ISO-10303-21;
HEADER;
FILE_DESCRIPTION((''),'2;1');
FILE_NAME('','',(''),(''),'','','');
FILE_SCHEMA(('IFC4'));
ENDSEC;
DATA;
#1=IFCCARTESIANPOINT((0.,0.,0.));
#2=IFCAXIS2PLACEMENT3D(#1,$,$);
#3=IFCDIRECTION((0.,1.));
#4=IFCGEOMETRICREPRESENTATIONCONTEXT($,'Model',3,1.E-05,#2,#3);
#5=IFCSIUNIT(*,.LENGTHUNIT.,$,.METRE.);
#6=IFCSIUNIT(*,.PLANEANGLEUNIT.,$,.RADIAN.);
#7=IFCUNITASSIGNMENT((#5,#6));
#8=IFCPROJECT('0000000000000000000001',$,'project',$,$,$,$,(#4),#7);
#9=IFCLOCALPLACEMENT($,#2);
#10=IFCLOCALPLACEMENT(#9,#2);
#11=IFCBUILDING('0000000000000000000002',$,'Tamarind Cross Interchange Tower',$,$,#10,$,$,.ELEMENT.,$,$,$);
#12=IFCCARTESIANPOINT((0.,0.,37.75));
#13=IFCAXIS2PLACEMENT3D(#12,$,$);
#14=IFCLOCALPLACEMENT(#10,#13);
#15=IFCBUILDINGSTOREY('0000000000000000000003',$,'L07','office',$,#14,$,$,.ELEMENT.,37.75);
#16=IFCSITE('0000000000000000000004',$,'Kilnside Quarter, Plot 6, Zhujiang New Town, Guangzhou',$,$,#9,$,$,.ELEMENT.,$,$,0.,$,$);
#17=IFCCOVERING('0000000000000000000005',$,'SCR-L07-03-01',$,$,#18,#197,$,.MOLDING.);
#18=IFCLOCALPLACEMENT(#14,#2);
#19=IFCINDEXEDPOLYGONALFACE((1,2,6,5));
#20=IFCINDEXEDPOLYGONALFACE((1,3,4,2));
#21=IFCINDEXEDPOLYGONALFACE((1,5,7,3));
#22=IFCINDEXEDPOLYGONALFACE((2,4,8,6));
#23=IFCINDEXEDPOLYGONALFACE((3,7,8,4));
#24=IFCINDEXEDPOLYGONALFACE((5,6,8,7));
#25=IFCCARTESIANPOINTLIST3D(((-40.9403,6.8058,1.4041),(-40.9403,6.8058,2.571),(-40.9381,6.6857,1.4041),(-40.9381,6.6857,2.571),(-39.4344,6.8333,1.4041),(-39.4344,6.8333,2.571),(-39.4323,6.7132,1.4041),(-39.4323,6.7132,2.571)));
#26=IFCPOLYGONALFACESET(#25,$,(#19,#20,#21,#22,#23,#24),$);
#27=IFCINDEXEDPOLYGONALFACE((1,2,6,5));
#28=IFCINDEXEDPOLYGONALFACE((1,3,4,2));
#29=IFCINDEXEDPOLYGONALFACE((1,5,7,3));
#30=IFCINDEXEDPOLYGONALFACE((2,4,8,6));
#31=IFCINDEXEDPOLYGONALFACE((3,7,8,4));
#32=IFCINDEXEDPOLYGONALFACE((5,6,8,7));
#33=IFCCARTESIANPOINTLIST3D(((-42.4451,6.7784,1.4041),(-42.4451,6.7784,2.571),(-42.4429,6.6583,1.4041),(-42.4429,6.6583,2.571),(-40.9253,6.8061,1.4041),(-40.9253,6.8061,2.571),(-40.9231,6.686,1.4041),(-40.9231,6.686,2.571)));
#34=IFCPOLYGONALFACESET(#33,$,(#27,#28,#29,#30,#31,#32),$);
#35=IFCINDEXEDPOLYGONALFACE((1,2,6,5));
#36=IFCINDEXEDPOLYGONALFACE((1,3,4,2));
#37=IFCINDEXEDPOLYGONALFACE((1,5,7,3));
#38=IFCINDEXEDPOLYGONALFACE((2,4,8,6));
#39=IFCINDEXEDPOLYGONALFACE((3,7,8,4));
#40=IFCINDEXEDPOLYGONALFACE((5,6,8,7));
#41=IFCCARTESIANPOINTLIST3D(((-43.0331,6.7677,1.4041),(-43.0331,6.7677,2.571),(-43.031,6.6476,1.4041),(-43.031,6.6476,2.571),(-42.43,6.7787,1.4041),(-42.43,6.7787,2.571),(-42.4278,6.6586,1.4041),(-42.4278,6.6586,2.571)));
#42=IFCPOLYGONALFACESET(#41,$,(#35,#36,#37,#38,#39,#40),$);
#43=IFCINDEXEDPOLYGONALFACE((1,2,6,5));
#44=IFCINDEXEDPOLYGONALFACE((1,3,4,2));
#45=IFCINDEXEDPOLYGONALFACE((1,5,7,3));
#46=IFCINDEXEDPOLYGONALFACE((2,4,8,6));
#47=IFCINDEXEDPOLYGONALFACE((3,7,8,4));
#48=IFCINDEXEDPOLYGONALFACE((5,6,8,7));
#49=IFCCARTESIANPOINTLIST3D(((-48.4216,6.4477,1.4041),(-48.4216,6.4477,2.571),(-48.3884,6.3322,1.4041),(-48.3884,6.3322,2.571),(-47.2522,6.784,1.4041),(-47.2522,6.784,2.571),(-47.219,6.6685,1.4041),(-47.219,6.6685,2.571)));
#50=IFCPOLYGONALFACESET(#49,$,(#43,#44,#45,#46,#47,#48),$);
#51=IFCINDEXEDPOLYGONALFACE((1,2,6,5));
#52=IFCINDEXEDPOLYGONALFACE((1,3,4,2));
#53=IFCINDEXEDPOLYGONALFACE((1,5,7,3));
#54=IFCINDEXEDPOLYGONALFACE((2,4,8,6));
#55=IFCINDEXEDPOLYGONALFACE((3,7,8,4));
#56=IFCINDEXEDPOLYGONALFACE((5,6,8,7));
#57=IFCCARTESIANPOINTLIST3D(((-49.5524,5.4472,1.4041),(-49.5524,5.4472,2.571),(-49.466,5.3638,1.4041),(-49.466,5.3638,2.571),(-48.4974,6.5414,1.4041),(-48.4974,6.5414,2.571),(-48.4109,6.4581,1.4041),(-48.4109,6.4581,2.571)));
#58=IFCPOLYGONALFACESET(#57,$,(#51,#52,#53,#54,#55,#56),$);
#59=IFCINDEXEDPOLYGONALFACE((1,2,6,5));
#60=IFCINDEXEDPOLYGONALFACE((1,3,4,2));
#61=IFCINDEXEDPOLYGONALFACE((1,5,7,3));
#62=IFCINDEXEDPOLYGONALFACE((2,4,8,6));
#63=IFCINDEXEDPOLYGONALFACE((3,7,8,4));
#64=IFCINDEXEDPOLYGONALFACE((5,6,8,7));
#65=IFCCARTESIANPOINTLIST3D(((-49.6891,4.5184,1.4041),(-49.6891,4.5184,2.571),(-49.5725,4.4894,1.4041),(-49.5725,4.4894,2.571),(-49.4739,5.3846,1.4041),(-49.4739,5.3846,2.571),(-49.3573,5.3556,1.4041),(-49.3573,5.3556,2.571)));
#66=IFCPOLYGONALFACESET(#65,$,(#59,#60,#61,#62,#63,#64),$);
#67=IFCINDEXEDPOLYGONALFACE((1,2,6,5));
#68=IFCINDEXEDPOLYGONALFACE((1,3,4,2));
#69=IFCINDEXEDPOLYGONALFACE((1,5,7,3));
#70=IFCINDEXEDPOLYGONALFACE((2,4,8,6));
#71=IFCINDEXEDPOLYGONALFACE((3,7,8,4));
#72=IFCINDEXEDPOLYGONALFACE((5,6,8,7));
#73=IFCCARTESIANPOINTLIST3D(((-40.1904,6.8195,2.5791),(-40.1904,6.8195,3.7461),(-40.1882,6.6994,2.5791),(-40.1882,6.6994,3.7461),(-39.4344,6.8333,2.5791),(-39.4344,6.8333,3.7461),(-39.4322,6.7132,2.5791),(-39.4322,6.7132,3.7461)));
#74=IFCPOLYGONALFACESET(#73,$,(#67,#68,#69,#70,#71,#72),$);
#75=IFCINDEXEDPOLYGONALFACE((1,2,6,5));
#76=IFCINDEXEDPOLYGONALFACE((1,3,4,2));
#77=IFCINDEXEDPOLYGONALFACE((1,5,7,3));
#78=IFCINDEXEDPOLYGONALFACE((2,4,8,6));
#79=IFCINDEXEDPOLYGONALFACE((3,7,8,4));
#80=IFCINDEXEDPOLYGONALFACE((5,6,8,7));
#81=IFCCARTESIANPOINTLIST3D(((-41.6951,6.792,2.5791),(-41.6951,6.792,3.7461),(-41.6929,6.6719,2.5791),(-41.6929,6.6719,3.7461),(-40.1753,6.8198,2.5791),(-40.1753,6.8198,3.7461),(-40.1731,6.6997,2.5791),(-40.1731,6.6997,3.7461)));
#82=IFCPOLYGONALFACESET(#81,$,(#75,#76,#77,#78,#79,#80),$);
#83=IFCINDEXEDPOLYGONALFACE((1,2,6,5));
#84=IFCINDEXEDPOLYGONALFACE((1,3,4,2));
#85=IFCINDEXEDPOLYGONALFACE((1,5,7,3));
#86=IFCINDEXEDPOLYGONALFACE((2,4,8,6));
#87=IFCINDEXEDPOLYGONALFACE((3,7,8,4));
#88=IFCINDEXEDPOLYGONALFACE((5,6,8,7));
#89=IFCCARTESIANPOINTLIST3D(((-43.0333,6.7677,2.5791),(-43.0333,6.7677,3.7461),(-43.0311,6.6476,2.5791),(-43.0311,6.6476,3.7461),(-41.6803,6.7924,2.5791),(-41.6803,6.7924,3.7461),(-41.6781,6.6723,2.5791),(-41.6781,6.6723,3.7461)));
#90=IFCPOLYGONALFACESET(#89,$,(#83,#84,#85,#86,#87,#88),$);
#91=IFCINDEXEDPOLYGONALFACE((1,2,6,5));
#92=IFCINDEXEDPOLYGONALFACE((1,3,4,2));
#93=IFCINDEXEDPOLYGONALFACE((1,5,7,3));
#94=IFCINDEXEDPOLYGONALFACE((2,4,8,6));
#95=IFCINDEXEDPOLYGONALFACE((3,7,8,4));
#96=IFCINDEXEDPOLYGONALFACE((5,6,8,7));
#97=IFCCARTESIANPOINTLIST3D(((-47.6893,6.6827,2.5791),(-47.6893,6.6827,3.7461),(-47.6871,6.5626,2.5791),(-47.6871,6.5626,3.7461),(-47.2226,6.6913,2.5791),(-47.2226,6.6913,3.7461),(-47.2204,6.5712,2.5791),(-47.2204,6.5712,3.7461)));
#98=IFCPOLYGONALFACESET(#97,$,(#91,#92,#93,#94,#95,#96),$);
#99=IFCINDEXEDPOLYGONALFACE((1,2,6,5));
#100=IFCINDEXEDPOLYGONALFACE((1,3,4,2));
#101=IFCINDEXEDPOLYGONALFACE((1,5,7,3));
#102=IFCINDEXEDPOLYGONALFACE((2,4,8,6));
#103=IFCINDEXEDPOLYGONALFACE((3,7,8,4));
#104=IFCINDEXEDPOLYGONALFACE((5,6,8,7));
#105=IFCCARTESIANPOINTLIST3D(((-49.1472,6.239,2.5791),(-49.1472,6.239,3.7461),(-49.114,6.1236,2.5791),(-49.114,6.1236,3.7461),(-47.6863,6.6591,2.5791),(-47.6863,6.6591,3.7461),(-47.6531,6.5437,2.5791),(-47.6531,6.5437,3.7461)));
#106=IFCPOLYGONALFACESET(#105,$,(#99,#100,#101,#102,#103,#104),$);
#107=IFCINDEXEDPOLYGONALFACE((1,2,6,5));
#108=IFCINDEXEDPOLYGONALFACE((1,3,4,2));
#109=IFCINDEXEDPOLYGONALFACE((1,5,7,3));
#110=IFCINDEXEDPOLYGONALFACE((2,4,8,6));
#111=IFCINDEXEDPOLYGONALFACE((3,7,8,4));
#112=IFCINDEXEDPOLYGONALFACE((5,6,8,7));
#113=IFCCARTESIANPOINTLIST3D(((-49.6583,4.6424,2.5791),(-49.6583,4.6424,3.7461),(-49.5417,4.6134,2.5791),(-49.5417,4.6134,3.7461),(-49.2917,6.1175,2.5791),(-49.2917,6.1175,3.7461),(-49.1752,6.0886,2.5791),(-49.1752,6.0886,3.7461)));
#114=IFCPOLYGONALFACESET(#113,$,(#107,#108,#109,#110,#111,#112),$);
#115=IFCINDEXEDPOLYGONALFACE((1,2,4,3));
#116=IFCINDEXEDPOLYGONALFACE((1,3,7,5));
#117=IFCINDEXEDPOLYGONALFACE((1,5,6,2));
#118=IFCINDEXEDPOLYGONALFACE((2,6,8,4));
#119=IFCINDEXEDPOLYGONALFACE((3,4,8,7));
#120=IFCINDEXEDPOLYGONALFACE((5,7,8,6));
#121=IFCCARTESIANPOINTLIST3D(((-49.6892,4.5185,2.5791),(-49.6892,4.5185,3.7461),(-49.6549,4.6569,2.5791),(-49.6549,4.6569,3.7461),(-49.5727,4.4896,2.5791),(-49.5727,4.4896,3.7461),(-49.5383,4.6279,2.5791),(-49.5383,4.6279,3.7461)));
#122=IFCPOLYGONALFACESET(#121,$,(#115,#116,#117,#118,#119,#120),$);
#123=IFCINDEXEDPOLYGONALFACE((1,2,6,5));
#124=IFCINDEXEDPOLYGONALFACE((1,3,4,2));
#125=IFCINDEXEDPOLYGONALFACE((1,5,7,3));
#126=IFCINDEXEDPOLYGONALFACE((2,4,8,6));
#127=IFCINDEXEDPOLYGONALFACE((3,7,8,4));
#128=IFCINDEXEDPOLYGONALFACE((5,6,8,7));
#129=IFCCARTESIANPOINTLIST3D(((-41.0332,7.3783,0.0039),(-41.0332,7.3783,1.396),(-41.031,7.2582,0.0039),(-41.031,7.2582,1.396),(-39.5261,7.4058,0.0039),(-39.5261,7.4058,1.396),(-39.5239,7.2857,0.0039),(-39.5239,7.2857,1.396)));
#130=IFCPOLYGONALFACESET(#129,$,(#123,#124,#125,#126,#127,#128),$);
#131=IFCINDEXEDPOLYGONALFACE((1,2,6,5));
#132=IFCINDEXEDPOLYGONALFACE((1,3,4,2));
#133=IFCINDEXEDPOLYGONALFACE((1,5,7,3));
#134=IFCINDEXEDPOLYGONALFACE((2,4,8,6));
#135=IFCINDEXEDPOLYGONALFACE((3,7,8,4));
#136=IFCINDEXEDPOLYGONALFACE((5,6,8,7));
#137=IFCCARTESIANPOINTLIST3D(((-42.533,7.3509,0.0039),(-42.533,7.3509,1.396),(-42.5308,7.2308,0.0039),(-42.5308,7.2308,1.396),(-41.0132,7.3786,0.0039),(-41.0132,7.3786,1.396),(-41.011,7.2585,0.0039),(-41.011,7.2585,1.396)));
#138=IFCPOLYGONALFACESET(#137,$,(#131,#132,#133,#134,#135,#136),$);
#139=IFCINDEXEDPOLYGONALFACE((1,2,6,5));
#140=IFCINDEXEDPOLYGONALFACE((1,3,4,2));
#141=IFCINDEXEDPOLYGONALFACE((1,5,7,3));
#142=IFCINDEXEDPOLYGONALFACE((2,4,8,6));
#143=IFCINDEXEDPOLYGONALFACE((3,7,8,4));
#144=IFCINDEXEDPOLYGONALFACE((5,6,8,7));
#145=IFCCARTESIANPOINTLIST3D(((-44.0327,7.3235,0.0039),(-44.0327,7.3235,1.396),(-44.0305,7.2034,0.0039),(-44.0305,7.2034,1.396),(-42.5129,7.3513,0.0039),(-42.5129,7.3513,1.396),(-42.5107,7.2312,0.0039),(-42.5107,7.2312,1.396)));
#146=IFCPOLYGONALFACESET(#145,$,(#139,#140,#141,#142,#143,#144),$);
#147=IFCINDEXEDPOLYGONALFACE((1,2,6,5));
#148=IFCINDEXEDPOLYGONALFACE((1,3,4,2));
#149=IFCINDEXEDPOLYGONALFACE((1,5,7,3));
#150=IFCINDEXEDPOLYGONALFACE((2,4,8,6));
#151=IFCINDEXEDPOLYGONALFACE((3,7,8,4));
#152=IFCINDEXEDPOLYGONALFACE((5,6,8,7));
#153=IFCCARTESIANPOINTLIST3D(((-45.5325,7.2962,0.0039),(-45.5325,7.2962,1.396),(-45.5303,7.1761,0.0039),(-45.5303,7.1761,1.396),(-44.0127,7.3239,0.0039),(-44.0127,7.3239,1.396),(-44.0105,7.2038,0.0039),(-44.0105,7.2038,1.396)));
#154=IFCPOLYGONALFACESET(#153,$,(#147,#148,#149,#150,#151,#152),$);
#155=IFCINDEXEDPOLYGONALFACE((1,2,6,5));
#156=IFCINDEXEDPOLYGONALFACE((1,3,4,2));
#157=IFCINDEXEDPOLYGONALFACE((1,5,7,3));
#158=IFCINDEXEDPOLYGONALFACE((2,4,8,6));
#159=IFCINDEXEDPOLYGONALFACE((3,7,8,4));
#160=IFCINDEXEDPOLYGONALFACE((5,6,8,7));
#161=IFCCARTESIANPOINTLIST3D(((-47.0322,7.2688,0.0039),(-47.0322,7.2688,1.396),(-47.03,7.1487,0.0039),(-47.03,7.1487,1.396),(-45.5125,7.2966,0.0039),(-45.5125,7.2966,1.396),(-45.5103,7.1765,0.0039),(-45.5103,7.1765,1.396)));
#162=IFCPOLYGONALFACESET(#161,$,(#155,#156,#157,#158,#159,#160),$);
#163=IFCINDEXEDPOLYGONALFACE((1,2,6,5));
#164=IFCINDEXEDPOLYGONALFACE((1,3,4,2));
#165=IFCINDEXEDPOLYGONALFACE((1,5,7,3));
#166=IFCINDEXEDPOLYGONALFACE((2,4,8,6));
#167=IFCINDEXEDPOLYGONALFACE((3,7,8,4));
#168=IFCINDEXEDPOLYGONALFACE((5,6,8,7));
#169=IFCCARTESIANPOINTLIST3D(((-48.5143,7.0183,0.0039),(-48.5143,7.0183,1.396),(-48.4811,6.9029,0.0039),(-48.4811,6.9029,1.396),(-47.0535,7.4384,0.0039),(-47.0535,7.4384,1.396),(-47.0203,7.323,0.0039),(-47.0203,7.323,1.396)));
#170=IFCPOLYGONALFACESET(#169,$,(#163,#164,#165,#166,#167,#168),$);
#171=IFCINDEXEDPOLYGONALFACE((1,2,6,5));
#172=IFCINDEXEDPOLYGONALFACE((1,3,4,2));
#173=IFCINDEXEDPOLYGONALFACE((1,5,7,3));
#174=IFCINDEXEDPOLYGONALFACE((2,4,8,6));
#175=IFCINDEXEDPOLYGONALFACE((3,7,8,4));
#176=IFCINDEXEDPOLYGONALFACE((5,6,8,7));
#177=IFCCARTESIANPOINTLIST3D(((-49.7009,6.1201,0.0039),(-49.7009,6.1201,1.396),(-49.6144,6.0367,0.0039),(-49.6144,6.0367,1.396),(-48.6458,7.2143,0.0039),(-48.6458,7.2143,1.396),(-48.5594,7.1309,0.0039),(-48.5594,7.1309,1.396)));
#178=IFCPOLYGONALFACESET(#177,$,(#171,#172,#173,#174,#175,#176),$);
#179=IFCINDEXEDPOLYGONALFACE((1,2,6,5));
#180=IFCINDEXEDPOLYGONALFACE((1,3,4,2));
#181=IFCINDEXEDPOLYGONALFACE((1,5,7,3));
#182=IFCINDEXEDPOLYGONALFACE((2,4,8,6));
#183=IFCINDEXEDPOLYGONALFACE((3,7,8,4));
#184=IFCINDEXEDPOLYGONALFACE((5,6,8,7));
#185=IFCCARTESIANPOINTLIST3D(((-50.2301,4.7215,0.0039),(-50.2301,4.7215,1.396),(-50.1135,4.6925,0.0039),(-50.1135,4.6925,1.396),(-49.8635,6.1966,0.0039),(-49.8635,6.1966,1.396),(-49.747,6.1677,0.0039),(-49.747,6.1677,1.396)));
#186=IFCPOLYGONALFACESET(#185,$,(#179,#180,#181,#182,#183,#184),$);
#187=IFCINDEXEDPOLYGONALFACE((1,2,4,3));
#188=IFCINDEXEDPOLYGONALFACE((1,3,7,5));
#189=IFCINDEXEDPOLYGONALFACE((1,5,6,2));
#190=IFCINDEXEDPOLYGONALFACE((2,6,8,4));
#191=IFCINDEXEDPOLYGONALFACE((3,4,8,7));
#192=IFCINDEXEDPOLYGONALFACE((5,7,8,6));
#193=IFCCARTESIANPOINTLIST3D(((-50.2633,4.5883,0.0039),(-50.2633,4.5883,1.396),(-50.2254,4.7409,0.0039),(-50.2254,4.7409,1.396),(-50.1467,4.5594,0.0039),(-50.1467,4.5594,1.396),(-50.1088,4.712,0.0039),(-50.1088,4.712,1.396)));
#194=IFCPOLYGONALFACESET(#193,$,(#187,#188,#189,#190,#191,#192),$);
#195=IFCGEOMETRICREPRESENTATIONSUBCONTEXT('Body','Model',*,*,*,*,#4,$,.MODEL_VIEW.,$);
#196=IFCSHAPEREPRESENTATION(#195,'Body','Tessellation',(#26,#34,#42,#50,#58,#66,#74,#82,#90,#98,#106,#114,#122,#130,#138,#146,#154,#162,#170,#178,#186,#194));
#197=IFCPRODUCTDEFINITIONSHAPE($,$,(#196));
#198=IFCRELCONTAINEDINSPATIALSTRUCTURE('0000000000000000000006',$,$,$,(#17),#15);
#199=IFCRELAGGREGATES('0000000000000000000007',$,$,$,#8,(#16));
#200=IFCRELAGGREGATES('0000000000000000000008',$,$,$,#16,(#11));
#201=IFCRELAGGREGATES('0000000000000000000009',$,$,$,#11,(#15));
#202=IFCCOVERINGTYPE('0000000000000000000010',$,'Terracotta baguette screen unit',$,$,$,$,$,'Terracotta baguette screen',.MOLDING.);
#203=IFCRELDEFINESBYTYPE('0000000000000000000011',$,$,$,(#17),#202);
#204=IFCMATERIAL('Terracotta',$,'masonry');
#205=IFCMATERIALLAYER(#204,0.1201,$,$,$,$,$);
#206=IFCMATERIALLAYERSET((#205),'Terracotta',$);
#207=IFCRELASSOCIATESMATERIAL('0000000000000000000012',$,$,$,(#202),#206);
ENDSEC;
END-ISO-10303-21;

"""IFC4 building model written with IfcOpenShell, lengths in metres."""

from ifc_helpers import new_model, si_unit, direction, frame, origin, origin_2d, place, context, subcontext, project, spatial, rectangle, extrude, material, layer, layer_set, type_object, element, save


model = new_model("IFC4")

# Units and contexts
model_context = context("Model", 3, precision=1e-05, world=origin(), true_north=direction((0.0, 1.0)))
body_context = subcontext(model_context, "Body", "Model", "MODEL_VIEW")
ifc_project = project(units=[si_unit("LENGTHUNIT", "METRE"), si_unit("PLANEANGLEUNIT", "RADIAN")], contexts=[model_context])

# Site, building, storey
site_placement = place(None, origin())
site = spatial("IfcSite", under=ifc_project, at=site_placement, Name="Kilnside Quarter, Plot 6, Zhujiang New Town, Guangzhou", CompositionType="ELEMENT", RefElevation=0.0)
building_placement = place(site_placement, origin())
building = spatial("IfcBuilding", under=site, at=building_placement, Name="Tamarind Cross Interchange Tower", CompositionType="ELEMENT")
storey_placement = place(building_placement, frame((0.0, 0.0, 37.75)))
storey = spatial("IfcBuildingStorey", under=building, at=storey_placement, Name="L07", Description="office", CompositionType="ELEMENT", Elevation=37.75)

# Covering
ifc_material_1 = material(Name="Terracotta", Category="masonry")
ifc_layer_1 = layer(ifc_material_1, 0.1201)
ifc_layer_set_1 = layer_set([ifc_layer_1], Name="Terracotta")
covering_type = type_object("IfcCoveringType", Name="Terracotta baguette screen unit", ElementType="Terracotta baguette screen", PredefinedType="MOLDING", material=ifc_layer_set_1)
covering_1_placement = place(storey_placement, origin())
element("IfcCovering", 1, at=covering_1_placement, inside=storey, type_object=covering_type, Name="SCR-L07-03-01", PredefinedType="MOLDING", context=body_context, shape_type="SweptSolid", body=[
    extrude(rectangle(XDim=1.5061, YDim=0.1201, at=origin_2d()), frame((-40.1863, 6.7595, 1.4041), z_axis=(0.0, 0.0, 1.0), x_axis=(-0.999834, -0.018234, 0.0)), (0.0, 0.0, 1.0), 1.167),
    extrude(rectangle(XDim=1.52, YDim=0.1201, at=origin_2d()), frame((-41.6841, 6.7322, 1.4041), z_axis=(0.0, 0.0, 1.0), x_axis=(-0.999834, -0.018234, 0.0)), (0.0, 0.0, 1.0), 1.167),
    extrude(rectangle(XDim=0.6033, YDim=0.1201, at=origin_2d()), frame((-42.7305, 6.7131, 1.4041), z_axis=(0.0, 0.0, 1.0), x_axis=(-0.999834, -0.018234, 0.0)), (0.0, 0.0, 1.0), 1.167),
    extrude(rectangle(XDim=1.2168, YDim=0.1201, at=origin_2d()), frame((-47.8203, 6.5581, 1.4041), z_axis=(0.0, 0.0, 1.0), x_axis=(-0.961046, -0.276389, 0.0)), (0.0, 0.0, 1.0), 1.167),
    extrude(rectangle(XDim=1.52, YDim=0.1201, at=origin_2d()), frame((-48.9817, 5.9526, 1.4041), z_axis=(0.0, 0.0, 1.0), x_axis=(-0.694096, -0.719883, 0.0)), (0.0, 0.0, 1.0), 1.167),
    extrude(rectangle(XDim=0.8926, YDim=0.1201, at=origin_2d()), frame((-49.5232, 4.937, 1.4041), z_axis=(0.0, 0.0, 1.0), x_axis=(-0.241163, -0.970485, 0.0)), (0.0, 0.0, 1.0), 1.167),
    extrude(rectangle(XDim=0.7561, YDim=0.1201, at=origin_2d()), frame((-39.8113, 6.7664, 2.5791), z_axis=(0.0, 0.0, 1.0), x_axis=(-0.999834, -0.018234, 0.0)), (0.0, 0.0, 1.0), 1.167),
    extrude(rectangle(XDim=1.52, YDim=0.1201, at=origin_2d()), frame((-40.9341, 6.7458, 2.5791), z_axis=(0.0, 0.0, 1.0), x_axis=(-0.999834, -0.018234, 0.0)), (0.0, 0.0, 1.0), 1.167),
    extrude(rectangle(XDim=1.3533, YDim=0.1201, at=origin_2d()), frame((-42.3557, 6.72, 2.5791), z_axis=(0.0, 0.0, 1.0), x_axis=(-0.999834, -0.018234, 0.0)), (0.0, 0.0, 1.0), 1.167),
    extrude(rectangle(XDim=0.4668, YDim=0.1201, at=origin_2d()), frame((-47.4548, 6.627, 2.5791), z_axis=(0.0, 0.0, 1.0), x_axis=(-0.999834, -0.018234, 0.0)), (0.0, 0.0, 1.0), 1.167),
    extrude(rectangle(XDim=1.52, YDim=0.1201, at=origin_2d()), frame((-48.4001, 6.3914, 2.5791), z_axis=(0.0, 0.0, 1.0), x_axis=(-0.961046, -0.276389, 0.0)), (0.0, 0.0, 1.0), 1.167),
    extrude(rectangle(XDim=1.52, YDim=0.1201, at=origin_2d()), frame((-49.4167, 5.3655, 2.5791), z_axis=(0.0, 0.0, 1.0), x_axis=(-0.241163, -0.970485, 0.0)), (0.0, 0.0, 1.0), 1.167),
    extrude(rectangle(XDim=0.1426, YDim=0.1201, at=origin_2d()), frame((-49.6138, 4.5732, 2.5791), z_axis=(0.0, 0.0, 1.0), x_axis=(-0.241163, -0.970485, 0.0)), (0.0, 0.0, 1.0), 1.167),
    extrude(rectangle(XDim=1.5073, YDim=0.1201, at=origin_2d()), frame((-40.2786, 7.332, 0.0039), z_axis=(0.0, 0.0, 1.0), x_axis=(-0.999834, -0.018234, 0.0)), (0.0, 0.0, 1.0), 1.3921),
    extrude(rectangle(XDim=1.52, YDim=0.1201, at=origin_2d()), frame((-41.772, 7.3047, 0.0039), z_axis=(0.0, 0.0, 1.0), x_axis=(-0.999834, -0.018234, 0.0)), (0.0, 0.0, 1.0), 1.3921),
    extrude(rectangle(XDim=1.52, YDim=0.1201, at=origin_2d()), frame((-43.2717, 7.2773, 0.0039), z_axis=(0.0, 0.0, 1.0), x_axis=(-0.999834, -0.018234, 0.0)), (0.0, 0.0, 1.0), 1.3921),
    extrude(rectangle(XDim=1.52, YDim=0.1201, at=origin_2d()), frame((-44.7715, 7.25, 0.0039), z_axis=(0.0, 0.0, 1.0), x_axis=(-0.999834, -0.018234, 0.0)), (0.0, 0.0, 1.0), 1.3921),
    extrude(rectangle(XDim=1.52, YDim=0.1201, at=origin_2d()), frame((-46.2712, 7.2227, 0.0039), z_axis=(0.0, 0.0, 1.0), x_axis=(-0.999834, -0.018234, 0.0)), (0.0, 0.0, 1.0), 1.3921),
    extrude(rectangle(XDim=1.52, YDim=0.1201, at=origin_2d()), frame((-47.7673, 7.1707, 0.0039), z_axis=(0.0, 0.0, 1.0), x_axis=(-0.961046, -0.276389, 0.0)), (0.0, 0.0, 1.0), 1.3921),
    extrude(rectangle(XDim=1.52, YDim=0.1201, at=origin_2d()), frame((-49.1301, 6.6255, 0.0039), z_axis=(0.0, 0.0, 1.0), x_axis=(-0.694096, -0.719883, 0.0)), (0.0, 0.0, 1.0), 1.3921),
    extrude(rectangle(XDim=1.52, YDim=0.1201, at=origin_2d()), frame((-49.9885, 5.4446, 0.0039), z_axis=(0.0, 0.0, 1.0), x_axis=(-0.241163, -0.970485, 0.0)), (0.0, 0.0, 1.0), 1.3921),
    extrude(rectangle(XDim=0.1572, YDim=0.1201, at=origin_2d()), frame((-50.186, 4.6501, 0.0039), z_axis=(0.0, 0.0, 1.0), x_axis=(-0.241163, -0.970485, 0.0)), (0.0, 0.0, 1.0), 1.3921),
])

save(model, "model.ifc")
